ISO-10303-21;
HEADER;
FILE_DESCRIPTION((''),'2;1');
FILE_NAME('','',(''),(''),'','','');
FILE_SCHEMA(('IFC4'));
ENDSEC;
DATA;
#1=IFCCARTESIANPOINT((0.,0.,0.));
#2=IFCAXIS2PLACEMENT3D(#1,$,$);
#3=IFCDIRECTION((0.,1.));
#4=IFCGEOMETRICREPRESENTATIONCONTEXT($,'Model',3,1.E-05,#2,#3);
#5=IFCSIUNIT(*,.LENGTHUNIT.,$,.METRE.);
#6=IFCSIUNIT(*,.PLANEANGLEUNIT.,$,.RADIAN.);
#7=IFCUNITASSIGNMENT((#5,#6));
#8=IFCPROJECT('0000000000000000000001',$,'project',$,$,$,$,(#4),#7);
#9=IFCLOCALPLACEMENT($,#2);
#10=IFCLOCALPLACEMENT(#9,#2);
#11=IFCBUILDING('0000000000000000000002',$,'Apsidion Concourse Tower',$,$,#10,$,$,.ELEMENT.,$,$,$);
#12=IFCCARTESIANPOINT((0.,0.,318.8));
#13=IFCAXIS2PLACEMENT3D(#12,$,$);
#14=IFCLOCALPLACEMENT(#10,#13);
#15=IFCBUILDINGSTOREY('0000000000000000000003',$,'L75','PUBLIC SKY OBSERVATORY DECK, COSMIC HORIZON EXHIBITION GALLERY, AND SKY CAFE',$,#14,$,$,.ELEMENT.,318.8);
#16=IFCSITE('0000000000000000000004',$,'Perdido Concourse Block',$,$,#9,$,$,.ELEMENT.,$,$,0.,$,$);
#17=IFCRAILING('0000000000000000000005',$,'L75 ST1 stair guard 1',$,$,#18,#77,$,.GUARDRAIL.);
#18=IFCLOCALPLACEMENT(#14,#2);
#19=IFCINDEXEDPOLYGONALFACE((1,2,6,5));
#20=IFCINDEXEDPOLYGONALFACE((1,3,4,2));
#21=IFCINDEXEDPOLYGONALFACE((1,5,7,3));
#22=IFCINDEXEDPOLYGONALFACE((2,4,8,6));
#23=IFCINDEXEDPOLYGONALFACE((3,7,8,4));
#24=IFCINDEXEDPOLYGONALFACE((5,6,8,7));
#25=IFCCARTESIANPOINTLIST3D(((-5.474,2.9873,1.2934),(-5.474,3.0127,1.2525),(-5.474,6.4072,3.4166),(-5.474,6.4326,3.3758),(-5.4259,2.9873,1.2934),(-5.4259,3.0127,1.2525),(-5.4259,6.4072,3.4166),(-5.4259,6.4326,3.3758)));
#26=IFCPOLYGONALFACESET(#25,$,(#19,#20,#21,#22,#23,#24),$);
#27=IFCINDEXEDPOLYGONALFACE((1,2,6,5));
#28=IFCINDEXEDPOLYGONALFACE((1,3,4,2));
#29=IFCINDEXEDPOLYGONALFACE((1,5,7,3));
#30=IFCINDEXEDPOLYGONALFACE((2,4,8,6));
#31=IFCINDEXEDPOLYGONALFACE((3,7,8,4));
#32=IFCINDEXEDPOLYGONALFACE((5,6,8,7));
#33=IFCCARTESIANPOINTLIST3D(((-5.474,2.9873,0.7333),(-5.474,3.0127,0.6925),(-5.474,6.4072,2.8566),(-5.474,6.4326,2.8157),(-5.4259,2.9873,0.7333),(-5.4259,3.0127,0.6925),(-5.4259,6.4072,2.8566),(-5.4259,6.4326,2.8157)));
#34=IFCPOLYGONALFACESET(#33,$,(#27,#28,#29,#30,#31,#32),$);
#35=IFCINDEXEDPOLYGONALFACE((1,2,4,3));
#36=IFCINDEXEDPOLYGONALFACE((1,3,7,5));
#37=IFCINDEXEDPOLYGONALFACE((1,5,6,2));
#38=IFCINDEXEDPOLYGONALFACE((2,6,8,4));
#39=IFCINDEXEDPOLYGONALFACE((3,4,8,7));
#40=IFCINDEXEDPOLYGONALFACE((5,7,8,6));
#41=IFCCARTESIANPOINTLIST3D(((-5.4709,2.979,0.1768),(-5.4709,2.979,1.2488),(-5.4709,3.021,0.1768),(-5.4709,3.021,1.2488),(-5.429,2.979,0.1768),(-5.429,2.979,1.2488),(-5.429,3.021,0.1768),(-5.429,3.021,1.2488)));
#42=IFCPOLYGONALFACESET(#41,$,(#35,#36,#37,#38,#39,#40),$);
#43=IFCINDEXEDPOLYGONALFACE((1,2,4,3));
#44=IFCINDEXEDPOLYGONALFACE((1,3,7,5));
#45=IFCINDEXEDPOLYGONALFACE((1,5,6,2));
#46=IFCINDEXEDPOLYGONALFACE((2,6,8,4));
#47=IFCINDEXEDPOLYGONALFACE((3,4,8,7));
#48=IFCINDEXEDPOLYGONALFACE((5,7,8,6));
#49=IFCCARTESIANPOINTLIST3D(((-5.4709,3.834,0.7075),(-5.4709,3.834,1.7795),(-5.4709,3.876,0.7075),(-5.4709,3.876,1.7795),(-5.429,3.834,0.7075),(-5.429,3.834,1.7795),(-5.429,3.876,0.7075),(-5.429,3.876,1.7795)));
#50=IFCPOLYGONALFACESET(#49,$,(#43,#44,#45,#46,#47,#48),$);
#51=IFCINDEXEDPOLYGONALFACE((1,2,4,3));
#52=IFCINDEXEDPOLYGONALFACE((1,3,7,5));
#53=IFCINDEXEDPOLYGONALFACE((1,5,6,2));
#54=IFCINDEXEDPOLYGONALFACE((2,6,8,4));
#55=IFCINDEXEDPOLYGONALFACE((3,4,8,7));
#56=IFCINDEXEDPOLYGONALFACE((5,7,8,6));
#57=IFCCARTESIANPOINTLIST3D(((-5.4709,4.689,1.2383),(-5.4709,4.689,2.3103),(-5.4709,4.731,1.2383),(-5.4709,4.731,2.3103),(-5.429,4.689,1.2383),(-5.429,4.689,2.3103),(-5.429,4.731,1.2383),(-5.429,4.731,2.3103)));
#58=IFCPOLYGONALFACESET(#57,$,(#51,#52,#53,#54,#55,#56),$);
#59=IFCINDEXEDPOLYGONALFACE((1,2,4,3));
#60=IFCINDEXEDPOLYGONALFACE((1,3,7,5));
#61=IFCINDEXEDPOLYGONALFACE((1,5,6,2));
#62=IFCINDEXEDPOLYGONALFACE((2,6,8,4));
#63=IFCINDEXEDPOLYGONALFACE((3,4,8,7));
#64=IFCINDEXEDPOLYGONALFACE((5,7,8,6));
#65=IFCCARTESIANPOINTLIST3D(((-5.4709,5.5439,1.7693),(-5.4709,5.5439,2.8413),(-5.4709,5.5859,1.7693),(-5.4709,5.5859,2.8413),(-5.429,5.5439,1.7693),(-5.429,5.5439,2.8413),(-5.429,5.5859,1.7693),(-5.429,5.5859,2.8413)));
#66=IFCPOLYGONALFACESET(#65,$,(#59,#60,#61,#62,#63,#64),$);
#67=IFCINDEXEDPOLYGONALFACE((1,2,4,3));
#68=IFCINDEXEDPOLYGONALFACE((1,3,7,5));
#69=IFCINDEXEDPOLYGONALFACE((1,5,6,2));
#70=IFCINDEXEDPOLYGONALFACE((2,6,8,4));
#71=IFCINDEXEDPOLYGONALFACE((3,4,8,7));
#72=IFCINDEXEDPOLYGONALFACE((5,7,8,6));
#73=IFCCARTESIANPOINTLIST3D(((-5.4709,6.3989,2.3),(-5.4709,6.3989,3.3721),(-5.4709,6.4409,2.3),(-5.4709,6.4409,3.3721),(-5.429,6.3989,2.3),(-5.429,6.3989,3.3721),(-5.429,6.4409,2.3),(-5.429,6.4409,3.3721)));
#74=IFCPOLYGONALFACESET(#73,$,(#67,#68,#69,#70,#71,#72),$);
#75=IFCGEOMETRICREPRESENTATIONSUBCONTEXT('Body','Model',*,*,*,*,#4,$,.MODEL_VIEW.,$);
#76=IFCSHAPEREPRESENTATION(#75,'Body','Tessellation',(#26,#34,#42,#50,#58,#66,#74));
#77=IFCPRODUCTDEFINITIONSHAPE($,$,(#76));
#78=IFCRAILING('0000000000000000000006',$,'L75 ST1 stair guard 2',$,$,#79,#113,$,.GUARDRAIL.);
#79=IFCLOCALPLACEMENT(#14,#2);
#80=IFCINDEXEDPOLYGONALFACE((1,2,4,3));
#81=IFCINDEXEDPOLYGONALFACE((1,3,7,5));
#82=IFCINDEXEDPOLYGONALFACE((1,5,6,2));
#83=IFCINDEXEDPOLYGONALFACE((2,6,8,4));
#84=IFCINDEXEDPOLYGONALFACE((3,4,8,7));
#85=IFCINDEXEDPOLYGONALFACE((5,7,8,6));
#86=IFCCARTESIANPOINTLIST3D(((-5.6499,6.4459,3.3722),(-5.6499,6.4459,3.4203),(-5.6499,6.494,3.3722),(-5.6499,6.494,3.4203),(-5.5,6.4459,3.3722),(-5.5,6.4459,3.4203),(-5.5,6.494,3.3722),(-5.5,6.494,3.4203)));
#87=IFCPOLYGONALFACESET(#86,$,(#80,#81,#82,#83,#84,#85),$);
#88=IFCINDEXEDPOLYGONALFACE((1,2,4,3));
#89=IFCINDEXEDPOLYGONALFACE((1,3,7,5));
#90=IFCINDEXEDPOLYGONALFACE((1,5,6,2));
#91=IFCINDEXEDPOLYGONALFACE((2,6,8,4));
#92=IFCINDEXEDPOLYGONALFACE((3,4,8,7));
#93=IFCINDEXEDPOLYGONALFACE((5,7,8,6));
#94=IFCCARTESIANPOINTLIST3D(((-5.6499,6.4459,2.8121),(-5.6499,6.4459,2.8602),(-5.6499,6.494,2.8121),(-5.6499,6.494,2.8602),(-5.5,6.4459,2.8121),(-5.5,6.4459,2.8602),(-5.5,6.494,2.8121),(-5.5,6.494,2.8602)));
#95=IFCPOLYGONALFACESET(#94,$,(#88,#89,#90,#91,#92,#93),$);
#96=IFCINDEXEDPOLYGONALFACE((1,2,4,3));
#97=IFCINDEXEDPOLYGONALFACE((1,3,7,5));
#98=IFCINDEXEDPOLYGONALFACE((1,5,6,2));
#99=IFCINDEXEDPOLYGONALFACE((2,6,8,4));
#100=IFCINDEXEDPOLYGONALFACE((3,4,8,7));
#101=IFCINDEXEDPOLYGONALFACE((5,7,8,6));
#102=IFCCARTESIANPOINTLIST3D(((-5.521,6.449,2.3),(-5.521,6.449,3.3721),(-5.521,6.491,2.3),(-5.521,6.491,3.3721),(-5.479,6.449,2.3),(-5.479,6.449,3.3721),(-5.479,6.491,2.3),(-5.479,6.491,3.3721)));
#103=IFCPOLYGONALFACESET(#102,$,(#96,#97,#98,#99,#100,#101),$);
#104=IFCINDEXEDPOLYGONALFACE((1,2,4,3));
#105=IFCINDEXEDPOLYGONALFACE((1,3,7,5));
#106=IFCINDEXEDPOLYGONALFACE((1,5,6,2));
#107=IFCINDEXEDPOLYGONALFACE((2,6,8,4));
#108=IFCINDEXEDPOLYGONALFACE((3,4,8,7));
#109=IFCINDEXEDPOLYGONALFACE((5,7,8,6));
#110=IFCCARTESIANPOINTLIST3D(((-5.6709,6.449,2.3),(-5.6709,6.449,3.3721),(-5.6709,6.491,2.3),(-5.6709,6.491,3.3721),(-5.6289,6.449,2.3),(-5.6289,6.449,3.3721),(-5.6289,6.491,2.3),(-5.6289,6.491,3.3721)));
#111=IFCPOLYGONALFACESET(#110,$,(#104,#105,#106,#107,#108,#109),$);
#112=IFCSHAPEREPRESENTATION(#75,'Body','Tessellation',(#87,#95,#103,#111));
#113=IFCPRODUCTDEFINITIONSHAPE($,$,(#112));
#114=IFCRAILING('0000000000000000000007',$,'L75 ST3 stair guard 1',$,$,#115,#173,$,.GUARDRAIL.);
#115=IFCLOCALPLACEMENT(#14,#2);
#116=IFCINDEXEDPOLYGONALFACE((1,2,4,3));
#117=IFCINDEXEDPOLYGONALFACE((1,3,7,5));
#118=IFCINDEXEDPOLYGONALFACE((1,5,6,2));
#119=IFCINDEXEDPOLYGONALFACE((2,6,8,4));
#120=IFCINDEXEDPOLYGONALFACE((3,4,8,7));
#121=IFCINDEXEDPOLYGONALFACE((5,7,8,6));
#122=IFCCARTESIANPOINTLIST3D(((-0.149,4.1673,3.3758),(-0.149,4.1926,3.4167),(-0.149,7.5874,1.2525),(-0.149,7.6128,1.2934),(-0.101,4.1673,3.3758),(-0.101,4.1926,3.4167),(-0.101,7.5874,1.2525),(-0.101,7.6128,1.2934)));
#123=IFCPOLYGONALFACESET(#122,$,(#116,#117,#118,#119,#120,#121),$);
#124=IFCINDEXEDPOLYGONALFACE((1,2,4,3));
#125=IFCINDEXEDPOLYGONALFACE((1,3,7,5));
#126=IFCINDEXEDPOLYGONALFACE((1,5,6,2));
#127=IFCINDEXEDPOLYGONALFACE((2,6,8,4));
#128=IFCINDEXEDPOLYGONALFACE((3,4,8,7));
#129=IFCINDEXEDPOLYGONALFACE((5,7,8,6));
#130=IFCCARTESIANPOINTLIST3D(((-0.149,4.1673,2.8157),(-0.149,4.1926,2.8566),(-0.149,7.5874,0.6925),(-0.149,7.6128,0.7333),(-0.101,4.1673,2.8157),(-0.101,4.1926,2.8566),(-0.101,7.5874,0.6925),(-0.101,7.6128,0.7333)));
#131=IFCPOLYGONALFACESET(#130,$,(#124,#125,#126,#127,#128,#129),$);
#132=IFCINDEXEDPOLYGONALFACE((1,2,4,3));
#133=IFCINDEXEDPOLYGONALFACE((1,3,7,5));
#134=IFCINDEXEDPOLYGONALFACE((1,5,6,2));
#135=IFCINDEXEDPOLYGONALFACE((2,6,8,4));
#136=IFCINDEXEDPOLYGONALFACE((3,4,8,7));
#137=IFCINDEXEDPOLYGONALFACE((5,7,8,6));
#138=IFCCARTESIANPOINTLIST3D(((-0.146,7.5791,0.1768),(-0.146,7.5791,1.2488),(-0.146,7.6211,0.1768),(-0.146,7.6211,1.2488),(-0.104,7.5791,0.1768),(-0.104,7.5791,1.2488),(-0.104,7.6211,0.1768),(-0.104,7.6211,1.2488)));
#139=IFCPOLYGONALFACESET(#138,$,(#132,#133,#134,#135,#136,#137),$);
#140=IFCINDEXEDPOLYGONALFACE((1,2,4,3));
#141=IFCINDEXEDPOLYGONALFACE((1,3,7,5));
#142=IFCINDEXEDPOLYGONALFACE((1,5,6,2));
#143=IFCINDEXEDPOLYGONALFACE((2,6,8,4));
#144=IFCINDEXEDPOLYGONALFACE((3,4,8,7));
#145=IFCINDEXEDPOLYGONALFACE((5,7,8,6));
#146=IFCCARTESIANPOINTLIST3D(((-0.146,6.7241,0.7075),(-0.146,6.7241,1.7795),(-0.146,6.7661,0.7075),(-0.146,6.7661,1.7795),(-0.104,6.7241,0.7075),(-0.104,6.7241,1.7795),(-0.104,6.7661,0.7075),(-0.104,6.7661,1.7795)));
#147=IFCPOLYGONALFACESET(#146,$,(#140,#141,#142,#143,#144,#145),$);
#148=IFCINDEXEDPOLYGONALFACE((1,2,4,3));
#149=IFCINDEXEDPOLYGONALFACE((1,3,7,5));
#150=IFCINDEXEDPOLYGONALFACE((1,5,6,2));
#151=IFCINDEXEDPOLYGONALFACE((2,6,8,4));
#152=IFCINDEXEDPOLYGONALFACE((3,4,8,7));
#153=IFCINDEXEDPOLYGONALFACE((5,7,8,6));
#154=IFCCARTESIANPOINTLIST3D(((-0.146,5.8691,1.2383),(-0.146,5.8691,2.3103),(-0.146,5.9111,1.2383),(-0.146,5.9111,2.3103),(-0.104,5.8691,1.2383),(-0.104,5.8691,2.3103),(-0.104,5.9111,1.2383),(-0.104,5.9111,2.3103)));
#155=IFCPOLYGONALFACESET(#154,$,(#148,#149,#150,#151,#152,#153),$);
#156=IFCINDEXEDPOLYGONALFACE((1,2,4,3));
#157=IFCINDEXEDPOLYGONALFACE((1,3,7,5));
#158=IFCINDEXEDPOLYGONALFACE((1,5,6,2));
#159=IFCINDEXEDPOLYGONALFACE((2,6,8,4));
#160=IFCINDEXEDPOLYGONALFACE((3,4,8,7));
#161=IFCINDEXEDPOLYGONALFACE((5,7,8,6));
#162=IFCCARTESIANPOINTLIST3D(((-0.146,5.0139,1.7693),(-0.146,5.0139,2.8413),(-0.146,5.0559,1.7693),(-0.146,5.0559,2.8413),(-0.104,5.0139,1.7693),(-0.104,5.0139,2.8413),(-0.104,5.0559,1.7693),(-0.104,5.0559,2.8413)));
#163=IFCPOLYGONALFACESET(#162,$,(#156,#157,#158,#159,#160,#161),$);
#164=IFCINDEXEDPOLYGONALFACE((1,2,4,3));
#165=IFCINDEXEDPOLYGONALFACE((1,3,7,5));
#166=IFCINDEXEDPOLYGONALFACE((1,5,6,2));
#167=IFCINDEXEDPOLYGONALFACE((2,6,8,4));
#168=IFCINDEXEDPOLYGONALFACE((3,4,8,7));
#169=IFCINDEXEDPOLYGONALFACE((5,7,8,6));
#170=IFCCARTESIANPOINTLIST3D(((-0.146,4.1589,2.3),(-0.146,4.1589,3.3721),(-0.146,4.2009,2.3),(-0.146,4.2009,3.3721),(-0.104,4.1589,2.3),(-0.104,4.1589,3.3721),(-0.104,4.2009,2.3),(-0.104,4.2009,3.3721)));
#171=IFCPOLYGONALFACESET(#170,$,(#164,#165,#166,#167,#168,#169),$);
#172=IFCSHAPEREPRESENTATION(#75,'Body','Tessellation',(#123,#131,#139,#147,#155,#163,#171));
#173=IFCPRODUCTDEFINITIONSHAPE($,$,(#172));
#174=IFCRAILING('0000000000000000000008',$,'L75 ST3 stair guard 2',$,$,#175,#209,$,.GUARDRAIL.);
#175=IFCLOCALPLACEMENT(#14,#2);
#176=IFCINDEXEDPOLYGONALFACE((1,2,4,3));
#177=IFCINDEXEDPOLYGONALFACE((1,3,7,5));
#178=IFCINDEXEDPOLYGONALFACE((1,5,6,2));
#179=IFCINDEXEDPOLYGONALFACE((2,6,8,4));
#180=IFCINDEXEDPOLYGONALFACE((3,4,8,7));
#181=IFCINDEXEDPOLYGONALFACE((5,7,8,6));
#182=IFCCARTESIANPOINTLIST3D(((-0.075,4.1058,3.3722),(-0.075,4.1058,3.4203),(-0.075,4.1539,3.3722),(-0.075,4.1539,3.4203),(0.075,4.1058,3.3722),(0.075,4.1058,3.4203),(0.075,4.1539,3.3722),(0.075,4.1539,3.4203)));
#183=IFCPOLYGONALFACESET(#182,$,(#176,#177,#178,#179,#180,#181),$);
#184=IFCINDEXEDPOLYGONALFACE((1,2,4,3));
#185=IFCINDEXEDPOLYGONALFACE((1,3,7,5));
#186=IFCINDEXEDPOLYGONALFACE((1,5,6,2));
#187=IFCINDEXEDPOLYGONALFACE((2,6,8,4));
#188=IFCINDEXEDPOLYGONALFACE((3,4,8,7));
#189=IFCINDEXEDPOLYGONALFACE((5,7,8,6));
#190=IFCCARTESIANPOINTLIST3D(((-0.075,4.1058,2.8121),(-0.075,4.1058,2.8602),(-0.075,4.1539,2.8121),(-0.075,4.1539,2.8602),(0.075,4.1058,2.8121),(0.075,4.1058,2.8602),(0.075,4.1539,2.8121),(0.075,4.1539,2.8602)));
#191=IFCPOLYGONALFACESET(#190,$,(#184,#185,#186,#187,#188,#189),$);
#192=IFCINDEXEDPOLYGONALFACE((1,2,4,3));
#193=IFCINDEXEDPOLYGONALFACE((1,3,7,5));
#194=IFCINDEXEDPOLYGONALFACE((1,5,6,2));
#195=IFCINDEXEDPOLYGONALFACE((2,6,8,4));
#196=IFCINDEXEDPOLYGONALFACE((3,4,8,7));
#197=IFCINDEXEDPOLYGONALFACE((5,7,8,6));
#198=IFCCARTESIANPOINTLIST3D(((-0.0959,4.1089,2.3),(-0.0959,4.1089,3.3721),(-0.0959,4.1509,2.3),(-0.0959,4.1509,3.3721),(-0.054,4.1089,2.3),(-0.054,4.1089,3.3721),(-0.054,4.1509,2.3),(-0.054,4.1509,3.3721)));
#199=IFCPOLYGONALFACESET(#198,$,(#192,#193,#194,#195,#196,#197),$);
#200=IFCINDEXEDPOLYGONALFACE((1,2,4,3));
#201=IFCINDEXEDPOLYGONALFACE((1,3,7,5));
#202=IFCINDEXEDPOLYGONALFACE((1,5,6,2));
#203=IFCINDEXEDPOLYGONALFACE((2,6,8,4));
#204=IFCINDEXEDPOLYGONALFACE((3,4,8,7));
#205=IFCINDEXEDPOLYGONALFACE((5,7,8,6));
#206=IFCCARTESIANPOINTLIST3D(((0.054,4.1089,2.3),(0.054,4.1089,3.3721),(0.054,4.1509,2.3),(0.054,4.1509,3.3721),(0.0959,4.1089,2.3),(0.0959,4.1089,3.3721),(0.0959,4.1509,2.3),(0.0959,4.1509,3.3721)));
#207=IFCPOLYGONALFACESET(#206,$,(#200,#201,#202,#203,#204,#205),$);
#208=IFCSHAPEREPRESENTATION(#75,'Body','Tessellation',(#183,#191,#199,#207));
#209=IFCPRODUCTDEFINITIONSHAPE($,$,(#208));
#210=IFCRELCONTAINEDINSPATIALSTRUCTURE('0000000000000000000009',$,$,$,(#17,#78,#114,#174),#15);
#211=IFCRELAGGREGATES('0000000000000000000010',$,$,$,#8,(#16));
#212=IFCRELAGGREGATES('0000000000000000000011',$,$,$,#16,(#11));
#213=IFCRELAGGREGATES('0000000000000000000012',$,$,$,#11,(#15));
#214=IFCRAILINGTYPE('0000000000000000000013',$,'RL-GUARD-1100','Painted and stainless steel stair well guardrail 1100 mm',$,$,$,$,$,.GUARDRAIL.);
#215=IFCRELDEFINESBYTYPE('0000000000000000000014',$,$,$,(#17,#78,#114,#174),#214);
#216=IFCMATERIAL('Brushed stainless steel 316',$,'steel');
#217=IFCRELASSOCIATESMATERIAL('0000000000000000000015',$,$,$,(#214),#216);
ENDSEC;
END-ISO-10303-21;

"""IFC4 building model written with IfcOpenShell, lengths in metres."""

from ifc_helpers import new_model, si_unit, direction, frame, origin, origin_2d, place, context, subcontext, project, spatial, rectangle, extrude, material, type_object, element, save


model = new_model("IFC4")

# Units and contexts
model_context = context("Model", 3, precision=1e-05, world=origin(), true_north=direction((0.0, 1.0)))
body_context = subcontext(model_context, "Body", "Model", "MODEL_VIEW")
ifc_project = project(units=[si_unit("LENGTHUNIT", "METRE"), si_unit("PLANEANGLEUNIT", "RADIAN")], contexts=[model_context])

# Site, building, storey
site_placement = place(None, origin())
site = spatial("IfcSite", under=ifc_project, at=site_placement, Name="Perdido Concourse Block", CompositionType="ELEMENT", RefElevation=0.0)
building_placement = place(site_placement, origin())
building = spatial("IfcBuilding", under=site, at=building_placement, Name="Apsidion Concourse Tower", CompositionType="ELEMENT")
storey_placement = place(building_placement, frame((0.0, 0.0, 318.8)))
storey = spatial("IfcBuildingStorey", under=building, at=storey_placement, Name="L75", Description="PUBLIC SKY OBSERVATORY DECK, COSMIC HORIZON EXHIBITION GALLERY, AND SKY CAFE", CompositionType="ELEMENT", Elevation=318.8)

# Shared definitions
ifc_material_1 = material(Name="Brushed stainless steel 316", Category="steel")

# Railings
railing_type_1 = type_object("IfcRailingType", Name="RL-GUARD-1100", Description="Painted and stainless steel stair well guardrail 1100 mm", PredefinedType="GUARDRAIL", material=ifc_material_1)
railing_1_placement = place(storey_placement, frame((-5.45, 3.0, 0.1768)))
element("IfcRailing", 1, at=railing_1_placement, inside=storey, type_object=railing_type_1, Name="L75 ST1 stair guard 1", PredefinedType="GUARDRAIL", context=body_context, shape_type="SweptSolid", body=[
    extrude(rectangle(XDim=0.0481, YDim=0.0481, at=origin_2d()), frame((0.0, 0.0, 1.0962), z_axis=(0.0, 0.849576, 0.527467), x_axis=(-1.0, 0.0, 0.0)), (0.0, 0.0, 1.0), 4.0254),
    extrude(rectangle(XDim=0.0481, YDim=0.0481, at=origin_2d()), frame((0.0, 0.0, 0.5361), z_axis=(0.0, 0.849576, 0.527467), x_axis=(-1.0, 0.0, 0.0)), (0.0, 0.0, 1.0), 4.0254),
    extrude(rectangle(XDim=0.042, YDim=0.042, at=origin_2d()), origin(), (0.0, 0.0, 1.0), 1.072),
    extrude(rectangle(XDim=0.042, YDim=0.042, at=origin_2d()), frame((0.0, 0.855, 0.5308)), (0.0, 0.0, 1.0), 1.072),
    extrude(rectangle(XDim=0.042, YDim=0.042, at=origin_2d()), frame((0.0, 1.71, 1.0615)), (0.0, 0.0, 1.0), 1.072),
    extrude(rectangle(XDim=0.042, YDim=0.042, at=origin_2d()), frame((0.0, 2.5649, 1.5925)), (0.0, 0.0, 1.0), 1.072),
    extrude(rectangle(XDim=0.042, YDim=0.042, at=origin_2d()), frame((0.0, 3.4199, 2.1233)), (0.0, 0.0, 1.0), 1.072),
])
railing_2_placement = place(storey_placement, frame((-5.5, 6.47, 2.3)))
element("IfcRailing", 2, at=railing_2_placement, inside=storey, type_object=railing_type_1, Name="L75 ST1 stair guard 2", PredefinedType="GUARDRAIL", context=body_context, shape_type="SweptSolid", body=[
    extrude(rectangle(XDim=0.0481, YDim=0.0481, at=origin_2d()), frame((0.0, 0.0, 1.0962), z_axis=(-1.0, 0.0, 0.0), x_axis=(0.0, -1.0, 0.0)), (0.0, 0.0, 1.0), 0.1499),
    extrude(rectangle(XDim=0.0481, YDim=0.0481, at=origin_2d()), frame((0.0, 0.0, 0.5361), z_axis=(-1.0, 0.0, 0.0), x_axis=(0.0, -1.0, 0.0)), (0.0, 0.0, 1.0), 0.1499),
    extrude(rectangle(XDim=0.042, YDim=0.042, at=origin_2d()), origin(), (0.0, 0.0, 1.0), 1.072),
    extrude(rectangle(XDim=0.042, YDim=0.042, at=origin_2d()), frame((-0.1499, 0.0, 0.0)), (0.0, 0.0, 1.0), 1.072),
])
railing_3_placement = place(storey_placement, frame((-0.125, 7.6001, 0.1768)))
element("IfcRailing", 3, at=railing_3_placement, inside=storey, type_object=railing_type_1, Name="L75 ST3 stair guard 1", PredefinedType="GUARDRAIL", context=body_context, shape_type="SweptSolid", body=[
    extrude(rectangle(XDim=0.0481, YDim=0.0481, at=origin_2d()), frame((0.0, 0.0, 1.0962), z_axis=(0.0, -0.849592, 0.52744), x_axis=(1.0, 0.0, 0.0)), (0.0, 0.0, 1.0), 4.0256),
    extrude(rectangle(XDim=0.0481, YDim=0.0481, at=origin_2d()), frame((0.0, 0.0, 0.5361), z_axis=(0.0, -0.849592, 0.52744), x_axis=(1.0, 0.0, 0.0)), (0.0, 0.0, 1.0), 4.0256),
    extrude(rectangle(XDim=0.042, YDim=0.042, at=origin_2d()), origin(), (0.0, 0.0, 1.0), 1.072),
    extrude(rectangle(XDim=0.042, YDim=0.042, at=origin_2d()), frame((0.0, -0.855, 0.5308)), (0.0, 0.0, 1.0), 1.072),
    extrude(rectangle(XDim=0.042, YDim=0.042, at=origin_2d()), frame((0.0, -1.71, 1.0615)), (0.0, 0.0, 1.0), 1.072),
    extrude(rectangle(XDim=0.042, YDim=0.042, at=origin_2d()), frame((0.0, -2.5652, 1.5925)), (0.0, 0.0, 1.0), 1.072),
    extrude(rectangle(XDim=0.042, YDim=0.042, at=origin_2d()), frame((0.0, -3.4202, 2.1233)), (0.0, 0.0, 1.0), 1.072),
])
for number, where, name in (
    (4, (-0.075, 4.1299, 2.3), "L75 ST3 stair guard 2"),
):
    element("IfcRailing", number, at=place(storey_placement, frame(where)), inside=storey, type_object=railing_type_1, Name=name, PredefinedType="GUARDRAIL", context=body_context, shape_type="SweptSolid", body=[
        extrude(rectangle(XDim=0.0481, YDim=0.0481, at=origin_2d()), frame((0.0, 0.0, 1.0962), z_axis=(1.0, 0.0, 0.0), x_axis=(0.0, 1.0, 0.0)), (0.0, 0.0, 1.0), 0.1499),
        extrude(rectangle(XDim=0.0481, YDim=0.0481, at=origin_2d()), frame((0.0, 0.0, 0.5361), z_axis=(1.0, 0.0, 0.0), x_axis=(0.0, 1.0, 0.0)), (0.0, 0.0, 1.0), 0.1499),
        extrude(rectangle(XDim=0.042, YDim=0.042, at=origin_2d()), origin(), (0.0, 0.0, 1.0), 1.072),
        extrude(rectangle(XDim=0.042, YDim=0.042, at=origin_2d()), frame((0.1499, 0.0, 0.0)), (0.0, 0.0, 1.0), 1.072),
    ])

save(model, "model.ifc")
